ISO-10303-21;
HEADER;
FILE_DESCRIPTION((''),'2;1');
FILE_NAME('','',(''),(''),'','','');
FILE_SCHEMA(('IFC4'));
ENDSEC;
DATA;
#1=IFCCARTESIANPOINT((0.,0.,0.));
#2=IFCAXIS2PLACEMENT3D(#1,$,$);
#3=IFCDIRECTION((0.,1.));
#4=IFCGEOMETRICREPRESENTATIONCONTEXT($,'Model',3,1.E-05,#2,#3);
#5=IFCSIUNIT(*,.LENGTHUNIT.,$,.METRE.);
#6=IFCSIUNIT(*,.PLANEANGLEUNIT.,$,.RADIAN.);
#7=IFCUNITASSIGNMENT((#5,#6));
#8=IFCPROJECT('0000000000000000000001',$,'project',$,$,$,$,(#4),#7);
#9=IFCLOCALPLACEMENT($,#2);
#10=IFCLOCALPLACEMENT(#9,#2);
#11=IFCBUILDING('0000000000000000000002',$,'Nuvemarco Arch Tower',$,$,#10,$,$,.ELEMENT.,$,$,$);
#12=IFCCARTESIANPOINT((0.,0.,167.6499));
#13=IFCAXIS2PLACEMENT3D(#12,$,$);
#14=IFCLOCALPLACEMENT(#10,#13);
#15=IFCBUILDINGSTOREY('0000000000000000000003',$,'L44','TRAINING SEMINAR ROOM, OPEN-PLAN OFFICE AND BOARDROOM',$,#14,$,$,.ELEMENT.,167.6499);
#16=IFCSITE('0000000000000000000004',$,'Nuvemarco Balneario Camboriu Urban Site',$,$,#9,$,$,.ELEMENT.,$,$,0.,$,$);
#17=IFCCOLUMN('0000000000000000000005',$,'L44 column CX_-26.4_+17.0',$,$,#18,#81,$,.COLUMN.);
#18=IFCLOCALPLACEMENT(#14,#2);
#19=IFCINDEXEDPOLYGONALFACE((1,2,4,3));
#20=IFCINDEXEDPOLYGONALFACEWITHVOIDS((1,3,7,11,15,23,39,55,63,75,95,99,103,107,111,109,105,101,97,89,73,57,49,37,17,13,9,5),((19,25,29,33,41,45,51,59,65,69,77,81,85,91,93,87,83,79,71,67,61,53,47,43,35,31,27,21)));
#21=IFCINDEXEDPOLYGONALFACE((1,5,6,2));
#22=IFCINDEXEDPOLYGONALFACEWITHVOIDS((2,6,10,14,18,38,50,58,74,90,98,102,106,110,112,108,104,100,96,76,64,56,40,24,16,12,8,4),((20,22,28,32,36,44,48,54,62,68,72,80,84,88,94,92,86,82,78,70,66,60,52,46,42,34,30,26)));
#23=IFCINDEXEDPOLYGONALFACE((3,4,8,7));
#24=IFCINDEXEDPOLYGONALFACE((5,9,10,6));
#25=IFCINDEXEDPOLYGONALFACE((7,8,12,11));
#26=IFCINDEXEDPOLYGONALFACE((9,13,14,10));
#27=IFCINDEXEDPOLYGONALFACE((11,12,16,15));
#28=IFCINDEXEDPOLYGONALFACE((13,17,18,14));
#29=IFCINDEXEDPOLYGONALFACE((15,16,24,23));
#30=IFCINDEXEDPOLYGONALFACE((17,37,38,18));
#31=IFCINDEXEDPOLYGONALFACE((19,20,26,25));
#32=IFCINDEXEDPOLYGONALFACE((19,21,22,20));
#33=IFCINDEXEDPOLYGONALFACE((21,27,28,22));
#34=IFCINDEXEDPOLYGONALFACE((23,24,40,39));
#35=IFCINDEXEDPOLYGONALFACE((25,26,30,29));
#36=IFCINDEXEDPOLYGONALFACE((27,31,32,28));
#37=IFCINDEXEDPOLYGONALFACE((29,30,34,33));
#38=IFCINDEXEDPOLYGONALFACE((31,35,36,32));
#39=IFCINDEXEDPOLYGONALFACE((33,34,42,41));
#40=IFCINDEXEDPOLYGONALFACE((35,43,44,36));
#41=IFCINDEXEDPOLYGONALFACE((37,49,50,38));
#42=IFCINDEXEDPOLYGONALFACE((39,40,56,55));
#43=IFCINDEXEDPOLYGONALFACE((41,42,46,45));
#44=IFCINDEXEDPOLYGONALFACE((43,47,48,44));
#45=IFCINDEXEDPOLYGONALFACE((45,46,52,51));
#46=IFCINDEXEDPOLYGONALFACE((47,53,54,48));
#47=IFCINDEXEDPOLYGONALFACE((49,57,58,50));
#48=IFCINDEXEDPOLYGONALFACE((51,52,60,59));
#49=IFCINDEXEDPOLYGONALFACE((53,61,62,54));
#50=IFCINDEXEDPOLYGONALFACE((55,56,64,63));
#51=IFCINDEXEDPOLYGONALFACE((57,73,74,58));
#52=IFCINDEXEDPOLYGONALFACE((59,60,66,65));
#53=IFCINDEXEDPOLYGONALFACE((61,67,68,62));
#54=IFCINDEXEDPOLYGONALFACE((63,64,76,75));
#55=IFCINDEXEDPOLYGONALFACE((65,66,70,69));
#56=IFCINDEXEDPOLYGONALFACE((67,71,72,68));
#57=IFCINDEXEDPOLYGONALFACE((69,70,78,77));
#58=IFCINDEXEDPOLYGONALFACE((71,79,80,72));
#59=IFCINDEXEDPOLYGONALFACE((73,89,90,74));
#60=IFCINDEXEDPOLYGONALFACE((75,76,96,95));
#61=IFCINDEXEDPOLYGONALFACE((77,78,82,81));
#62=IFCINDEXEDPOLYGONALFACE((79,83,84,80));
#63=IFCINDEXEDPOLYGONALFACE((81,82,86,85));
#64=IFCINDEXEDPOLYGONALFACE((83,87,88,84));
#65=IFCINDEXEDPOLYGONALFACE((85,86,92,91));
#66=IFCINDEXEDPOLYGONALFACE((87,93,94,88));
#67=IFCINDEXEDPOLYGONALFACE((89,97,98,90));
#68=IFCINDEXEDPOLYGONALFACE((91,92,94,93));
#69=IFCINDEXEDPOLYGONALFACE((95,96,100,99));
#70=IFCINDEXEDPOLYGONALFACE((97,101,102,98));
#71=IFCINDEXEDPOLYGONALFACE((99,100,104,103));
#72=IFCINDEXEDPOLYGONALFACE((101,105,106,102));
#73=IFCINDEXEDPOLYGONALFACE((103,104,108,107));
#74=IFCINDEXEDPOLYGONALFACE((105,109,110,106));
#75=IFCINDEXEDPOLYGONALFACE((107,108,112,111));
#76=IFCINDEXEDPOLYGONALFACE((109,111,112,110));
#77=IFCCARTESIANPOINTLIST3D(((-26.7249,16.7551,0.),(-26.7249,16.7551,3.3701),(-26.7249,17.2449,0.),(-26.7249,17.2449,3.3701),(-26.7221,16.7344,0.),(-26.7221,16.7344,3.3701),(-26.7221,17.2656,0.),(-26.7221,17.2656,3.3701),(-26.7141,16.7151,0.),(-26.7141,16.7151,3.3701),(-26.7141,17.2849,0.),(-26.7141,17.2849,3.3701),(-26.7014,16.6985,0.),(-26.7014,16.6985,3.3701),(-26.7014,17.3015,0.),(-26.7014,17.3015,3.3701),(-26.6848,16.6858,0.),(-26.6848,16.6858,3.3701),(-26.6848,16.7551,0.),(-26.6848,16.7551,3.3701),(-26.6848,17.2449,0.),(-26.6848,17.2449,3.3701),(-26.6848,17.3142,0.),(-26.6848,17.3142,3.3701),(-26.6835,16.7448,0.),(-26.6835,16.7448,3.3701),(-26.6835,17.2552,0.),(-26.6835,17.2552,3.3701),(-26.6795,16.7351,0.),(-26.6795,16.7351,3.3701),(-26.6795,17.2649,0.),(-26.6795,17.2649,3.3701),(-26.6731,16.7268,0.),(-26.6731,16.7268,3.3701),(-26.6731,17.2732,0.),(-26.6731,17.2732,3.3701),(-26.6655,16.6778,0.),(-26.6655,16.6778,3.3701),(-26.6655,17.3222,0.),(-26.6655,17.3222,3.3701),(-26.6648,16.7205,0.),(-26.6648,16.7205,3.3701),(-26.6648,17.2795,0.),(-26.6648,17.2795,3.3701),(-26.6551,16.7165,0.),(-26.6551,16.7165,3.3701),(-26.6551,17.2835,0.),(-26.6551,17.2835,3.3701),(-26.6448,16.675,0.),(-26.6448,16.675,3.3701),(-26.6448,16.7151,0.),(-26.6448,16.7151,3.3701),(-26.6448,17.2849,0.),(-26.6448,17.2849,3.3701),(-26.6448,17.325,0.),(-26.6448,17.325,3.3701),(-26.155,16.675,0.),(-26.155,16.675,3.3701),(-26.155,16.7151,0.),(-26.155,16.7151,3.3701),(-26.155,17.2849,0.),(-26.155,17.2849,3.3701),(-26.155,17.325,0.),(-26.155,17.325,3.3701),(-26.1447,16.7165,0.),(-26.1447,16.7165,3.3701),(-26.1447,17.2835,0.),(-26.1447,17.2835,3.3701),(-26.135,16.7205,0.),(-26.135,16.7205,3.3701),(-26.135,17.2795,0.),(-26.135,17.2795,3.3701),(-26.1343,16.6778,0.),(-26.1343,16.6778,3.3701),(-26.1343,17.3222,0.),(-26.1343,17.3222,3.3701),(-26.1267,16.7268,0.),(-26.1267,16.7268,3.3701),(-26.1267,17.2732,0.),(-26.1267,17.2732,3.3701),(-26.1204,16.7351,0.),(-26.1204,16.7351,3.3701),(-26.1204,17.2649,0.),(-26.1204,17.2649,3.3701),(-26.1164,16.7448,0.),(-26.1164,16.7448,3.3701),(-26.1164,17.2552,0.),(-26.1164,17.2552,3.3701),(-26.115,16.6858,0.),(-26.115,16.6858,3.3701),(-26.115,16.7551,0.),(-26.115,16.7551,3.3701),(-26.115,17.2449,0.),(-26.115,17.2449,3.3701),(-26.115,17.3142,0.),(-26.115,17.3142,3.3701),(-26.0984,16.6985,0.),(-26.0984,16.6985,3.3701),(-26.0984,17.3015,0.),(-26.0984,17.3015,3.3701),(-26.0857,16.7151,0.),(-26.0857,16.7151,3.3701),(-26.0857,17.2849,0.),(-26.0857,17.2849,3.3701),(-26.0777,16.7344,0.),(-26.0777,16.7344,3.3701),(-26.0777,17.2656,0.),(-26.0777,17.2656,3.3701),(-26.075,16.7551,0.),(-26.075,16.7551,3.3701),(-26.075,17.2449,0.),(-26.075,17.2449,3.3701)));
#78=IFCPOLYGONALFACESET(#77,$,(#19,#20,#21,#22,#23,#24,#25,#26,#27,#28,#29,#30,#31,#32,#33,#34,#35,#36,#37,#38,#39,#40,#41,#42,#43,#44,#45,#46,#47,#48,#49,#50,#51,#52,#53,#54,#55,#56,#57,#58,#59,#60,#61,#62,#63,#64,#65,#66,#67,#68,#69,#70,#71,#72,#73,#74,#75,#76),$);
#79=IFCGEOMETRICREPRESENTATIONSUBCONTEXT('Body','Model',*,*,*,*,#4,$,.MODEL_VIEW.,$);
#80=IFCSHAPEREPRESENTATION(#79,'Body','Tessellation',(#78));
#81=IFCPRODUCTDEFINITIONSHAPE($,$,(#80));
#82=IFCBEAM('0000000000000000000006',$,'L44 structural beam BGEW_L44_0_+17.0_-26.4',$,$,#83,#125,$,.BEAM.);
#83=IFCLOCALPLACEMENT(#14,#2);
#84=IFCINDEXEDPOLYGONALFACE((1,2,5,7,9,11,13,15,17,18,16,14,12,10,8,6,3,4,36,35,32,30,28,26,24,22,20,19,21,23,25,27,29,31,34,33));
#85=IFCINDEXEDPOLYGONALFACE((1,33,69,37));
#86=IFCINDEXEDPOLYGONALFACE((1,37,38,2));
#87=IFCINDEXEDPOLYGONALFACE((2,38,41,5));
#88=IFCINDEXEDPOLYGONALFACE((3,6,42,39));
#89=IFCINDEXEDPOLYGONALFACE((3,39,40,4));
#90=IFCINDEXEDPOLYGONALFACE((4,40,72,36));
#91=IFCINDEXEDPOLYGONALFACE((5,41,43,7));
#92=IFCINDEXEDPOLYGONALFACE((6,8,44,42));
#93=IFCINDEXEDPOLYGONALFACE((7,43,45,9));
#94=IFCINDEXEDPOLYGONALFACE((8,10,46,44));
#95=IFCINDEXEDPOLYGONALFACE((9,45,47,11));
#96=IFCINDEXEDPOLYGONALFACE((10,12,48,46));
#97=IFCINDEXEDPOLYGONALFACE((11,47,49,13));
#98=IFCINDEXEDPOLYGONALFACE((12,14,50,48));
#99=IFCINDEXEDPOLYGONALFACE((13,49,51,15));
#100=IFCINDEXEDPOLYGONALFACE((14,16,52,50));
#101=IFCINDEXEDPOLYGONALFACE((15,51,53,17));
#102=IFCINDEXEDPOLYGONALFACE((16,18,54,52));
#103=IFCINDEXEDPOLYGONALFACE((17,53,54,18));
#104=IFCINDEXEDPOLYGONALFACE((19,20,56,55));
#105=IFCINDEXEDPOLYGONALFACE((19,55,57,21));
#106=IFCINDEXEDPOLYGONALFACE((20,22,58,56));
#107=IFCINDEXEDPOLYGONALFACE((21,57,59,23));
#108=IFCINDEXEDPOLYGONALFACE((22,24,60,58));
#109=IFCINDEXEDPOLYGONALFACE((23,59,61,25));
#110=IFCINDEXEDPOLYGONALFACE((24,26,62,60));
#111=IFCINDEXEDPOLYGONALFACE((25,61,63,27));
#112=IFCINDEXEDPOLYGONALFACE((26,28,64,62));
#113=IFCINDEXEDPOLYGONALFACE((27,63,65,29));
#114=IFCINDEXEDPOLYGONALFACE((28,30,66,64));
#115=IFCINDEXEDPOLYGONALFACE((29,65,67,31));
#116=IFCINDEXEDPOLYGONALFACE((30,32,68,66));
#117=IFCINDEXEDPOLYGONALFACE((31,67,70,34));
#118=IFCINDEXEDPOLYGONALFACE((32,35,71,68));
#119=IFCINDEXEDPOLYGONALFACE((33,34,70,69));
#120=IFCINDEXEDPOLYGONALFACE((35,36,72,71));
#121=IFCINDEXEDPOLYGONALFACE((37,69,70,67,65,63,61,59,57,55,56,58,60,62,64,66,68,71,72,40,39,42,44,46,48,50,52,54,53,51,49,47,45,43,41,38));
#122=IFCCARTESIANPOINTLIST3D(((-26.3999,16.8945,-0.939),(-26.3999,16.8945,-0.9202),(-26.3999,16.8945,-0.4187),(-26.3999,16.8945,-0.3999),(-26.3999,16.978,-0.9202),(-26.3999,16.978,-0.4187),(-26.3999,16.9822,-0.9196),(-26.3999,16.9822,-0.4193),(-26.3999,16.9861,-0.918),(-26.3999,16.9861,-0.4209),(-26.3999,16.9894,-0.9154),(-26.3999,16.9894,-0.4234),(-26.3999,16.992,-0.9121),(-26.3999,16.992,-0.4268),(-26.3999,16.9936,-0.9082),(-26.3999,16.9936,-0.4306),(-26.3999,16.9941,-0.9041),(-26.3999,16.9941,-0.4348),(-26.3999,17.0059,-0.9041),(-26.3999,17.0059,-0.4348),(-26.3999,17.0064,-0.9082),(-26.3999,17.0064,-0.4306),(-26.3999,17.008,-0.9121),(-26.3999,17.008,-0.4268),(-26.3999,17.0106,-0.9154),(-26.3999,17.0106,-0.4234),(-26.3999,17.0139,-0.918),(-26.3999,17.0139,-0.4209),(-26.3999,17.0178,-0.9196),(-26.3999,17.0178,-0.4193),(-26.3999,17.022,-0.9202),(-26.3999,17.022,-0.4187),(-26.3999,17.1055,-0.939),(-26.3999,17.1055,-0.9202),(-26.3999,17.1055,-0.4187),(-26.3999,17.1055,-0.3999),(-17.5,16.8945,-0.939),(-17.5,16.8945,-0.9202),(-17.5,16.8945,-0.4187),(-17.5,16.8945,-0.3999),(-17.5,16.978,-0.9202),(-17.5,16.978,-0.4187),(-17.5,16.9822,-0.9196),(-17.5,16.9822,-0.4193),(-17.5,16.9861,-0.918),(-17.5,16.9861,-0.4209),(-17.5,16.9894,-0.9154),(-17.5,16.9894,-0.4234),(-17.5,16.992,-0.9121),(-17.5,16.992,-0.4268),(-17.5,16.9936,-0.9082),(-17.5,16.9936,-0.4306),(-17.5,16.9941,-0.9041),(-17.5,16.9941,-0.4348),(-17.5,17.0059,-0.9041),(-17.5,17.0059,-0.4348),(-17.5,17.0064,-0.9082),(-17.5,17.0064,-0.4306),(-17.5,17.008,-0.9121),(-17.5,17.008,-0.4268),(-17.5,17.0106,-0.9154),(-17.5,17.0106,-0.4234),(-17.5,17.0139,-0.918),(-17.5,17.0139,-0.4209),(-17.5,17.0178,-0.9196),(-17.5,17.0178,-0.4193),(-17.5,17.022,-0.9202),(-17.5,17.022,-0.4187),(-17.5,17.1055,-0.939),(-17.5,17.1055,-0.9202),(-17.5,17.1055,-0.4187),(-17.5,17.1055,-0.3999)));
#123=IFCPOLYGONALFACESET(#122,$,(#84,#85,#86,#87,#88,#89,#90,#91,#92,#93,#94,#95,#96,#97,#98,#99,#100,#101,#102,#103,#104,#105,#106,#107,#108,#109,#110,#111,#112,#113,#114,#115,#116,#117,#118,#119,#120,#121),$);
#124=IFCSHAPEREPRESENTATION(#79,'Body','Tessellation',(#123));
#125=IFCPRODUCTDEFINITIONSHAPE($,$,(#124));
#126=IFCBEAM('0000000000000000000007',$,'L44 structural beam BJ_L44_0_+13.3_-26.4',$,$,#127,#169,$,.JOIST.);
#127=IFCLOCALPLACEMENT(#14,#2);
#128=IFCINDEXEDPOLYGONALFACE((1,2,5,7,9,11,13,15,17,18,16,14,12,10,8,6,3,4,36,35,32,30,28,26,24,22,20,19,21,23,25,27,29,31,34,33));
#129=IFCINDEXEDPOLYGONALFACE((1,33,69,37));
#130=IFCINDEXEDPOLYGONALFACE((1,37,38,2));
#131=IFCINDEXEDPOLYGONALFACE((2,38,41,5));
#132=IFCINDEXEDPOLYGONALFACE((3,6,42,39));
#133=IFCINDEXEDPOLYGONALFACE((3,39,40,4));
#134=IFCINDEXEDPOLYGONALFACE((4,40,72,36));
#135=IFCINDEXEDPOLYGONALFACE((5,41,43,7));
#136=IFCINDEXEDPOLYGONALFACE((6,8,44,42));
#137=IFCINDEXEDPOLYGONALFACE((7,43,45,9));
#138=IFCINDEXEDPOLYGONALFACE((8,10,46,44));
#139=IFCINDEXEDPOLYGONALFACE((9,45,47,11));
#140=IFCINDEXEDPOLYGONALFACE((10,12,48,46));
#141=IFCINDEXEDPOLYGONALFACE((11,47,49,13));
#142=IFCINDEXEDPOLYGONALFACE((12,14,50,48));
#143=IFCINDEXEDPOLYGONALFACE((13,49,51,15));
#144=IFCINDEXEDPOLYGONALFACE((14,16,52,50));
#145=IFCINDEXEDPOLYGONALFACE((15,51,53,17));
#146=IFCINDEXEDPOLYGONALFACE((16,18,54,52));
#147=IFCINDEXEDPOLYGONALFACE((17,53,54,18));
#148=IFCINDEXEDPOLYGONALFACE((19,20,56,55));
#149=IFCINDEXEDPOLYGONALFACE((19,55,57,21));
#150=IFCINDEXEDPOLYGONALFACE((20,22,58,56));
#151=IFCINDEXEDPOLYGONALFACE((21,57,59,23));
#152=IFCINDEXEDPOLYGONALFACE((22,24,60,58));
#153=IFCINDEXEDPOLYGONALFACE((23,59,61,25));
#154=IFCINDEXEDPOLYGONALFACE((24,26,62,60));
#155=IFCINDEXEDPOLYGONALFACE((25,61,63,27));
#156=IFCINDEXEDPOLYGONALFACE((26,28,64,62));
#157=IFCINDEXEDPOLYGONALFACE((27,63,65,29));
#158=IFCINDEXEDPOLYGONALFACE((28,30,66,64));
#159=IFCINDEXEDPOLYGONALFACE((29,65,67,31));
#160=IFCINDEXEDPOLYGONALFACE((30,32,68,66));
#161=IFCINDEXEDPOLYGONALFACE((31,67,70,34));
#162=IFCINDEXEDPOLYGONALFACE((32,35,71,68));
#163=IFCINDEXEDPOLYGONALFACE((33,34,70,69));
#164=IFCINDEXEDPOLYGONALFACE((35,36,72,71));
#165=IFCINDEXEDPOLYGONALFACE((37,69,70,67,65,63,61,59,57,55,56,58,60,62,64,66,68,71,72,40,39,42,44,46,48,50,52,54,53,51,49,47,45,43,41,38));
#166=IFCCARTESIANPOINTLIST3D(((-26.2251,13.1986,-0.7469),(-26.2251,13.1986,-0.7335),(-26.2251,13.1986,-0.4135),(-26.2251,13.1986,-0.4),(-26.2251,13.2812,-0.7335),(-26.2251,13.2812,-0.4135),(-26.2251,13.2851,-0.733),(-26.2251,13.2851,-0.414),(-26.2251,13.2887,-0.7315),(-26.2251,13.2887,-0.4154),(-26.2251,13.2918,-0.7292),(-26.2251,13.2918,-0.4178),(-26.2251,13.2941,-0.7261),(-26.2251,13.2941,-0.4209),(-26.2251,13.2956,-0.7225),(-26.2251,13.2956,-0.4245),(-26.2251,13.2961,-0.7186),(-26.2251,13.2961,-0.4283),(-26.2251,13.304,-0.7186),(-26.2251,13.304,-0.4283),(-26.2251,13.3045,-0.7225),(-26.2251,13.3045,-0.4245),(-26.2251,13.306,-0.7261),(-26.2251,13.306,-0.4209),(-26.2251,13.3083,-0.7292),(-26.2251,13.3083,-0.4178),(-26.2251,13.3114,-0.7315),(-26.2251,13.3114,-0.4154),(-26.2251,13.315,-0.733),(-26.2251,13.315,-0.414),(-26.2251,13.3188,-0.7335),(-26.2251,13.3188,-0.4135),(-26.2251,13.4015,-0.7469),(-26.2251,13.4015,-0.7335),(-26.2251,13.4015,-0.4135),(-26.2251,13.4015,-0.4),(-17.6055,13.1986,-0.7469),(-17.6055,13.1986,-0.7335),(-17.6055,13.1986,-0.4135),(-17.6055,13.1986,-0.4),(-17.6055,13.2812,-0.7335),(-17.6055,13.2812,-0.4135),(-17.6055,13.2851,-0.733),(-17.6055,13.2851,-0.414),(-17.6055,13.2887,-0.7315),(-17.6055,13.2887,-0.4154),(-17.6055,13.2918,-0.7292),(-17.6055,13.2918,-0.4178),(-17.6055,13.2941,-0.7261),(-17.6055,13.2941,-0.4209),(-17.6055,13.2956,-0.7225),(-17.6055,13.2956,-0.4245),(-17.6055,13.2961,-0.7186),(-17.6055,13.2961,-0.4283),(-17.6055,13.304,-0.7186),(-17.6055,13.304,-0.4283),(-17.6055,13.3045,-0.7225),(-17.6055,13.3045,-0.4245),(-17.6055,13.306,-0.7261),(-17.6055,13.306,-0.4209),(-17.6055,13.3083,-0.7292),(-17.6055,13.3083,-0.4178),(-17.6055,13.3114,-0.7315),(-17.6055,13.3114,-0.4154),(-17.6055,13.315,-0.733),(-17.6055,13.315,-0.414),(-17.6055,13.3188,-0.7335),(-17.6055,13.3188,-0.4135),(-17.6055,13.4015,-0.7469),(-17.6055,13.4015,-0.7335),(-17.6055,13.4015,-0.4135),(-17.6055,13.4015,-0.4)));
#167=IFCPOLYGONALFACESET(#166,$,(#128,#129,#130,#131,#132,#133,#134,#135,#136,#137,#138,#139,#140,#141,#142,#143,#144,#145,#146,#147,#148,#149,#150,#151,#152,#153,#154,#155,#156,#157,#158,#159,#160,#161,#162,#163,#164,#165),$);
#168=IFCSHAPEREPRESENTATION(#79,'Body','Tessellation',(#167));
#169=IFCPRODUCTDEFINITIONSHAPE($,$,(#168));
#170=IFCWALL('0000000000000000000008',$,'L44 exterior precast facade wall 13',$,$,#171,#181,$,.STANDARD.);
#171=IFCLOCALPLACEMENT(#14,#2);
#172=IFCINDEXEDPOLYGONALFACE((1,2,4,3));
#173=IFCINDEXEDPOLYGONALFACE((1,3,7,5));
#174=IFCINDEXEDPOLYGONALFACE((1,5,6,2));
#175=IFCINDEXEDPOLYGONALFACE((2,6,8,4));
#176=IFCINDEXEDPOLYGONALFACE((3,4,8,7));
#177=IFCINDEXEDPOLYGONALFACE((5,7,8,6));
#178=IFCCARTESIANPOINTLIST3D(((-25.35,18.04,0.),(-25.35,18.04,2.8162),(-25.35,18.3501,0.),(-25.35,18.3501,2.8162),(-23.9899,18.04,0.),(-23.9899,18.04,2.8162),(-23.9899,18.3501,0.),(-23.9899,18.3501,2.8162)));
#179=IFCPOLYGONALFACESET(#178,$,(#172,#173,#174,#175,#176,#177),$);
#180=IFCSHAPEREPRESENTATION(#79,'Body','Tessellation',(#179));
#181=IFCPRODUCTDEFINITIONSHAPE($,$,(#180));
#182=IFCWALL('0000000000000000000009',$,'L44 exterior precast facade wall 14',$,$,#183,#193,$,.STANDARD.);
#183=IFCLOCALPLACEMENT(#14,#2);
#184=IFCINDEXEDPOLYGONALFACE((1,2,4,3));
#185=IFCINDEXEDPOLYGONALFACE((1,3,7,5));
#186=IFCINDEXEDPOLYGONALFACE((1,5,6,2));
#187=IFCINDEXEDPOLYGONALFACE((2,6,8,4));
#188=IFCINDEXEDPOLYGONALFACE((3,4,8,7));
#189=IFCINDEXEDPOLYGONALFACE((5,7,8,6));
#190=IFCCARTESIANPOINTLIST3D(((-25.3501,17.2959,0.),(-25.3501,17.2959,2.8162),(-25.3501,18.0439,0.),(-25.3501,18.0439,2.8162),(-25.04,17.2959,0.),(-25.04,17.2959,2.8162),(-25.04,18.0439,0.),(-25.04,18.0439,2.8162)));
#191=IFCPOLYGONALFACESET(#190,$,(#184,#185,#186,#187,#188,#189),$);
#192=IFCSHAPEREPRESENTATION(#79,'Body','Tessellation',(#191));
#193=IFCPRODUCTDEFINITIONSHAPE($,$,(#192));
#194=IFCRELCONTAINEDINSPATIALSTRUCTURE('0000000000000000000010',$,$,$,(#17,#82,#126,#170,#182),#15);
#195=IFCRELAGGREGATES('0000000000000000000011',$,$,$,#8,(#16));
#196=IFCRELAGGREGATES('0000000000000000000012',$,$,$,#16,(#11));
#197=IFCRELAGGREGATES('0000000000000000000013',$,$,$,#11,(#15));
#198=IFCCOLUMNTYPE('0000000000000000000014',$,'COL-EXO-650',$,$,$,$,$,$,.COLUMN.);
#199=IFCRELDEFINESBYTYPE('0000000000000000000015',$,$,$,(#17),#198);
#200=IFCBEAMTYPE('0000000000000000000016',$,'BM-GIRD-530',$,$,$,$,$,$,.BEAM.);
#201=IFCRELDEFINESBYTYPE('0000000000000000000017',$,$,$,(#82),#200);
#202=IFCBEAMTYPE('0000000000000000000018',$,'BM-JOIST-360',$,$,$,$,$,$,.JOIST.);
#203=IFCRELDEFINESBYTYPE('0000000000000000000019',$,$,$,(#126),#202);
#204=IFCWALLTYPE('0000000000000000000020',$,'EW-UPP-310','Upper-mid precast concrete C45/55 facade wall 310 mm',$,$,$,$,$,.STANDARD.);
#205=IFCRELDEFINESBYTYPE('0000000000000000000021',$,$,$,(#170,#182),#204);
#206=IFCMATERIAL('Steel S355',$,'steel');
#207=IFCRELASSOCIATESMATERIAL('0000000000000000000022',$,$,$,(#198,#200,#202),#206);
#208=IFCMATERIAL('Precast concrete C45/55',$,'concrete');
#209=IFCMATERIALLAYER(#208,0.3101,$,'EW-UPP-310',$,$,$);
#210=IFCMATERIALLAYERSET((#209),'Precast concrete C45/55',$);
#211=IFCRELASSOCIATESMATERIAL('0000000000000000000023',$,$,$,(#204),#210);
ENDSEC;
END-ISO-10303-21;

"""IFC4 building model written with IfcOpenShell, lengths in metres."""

from ifc_helpers import new_model, si_unit, direction, frame, frame_2d, origin, origin_2d, place, context, subcontext, project, spatial, rectangle, hollow_rectangle, i_section, extrude, material, layer, layer_set, material_profile, profile_set, type_object, element, save


model = new_model("IFC4")

# Units and contexts
model_context = context("Model", 3, precision=1e-05, world=origin(), true_north=direction((0.0, 1.0)))
body_context = subcontext(model_context, "Body", "Model", "MODEL_VIEW")
ifc_project = project(units=[si_unit("LENGTHUNIT", "METRE"), si_unit("PLANEANGLEUNIT", "RADIAN")], contexts=[model_context])

# Site, building, storey
site_placement = place(None, origin())
site = spatial("IfcSite", under=ifc_project, at=site_placement, Name="Nuvemarco Balneario Camboriu Urban Site", CompositionType="ELEMENT", RefElevation=0.0)
building_placement = place(site_placement, origin())
building = spatial("IfcBuilding", under=site, at=building_placement, Name="Nuvemarco Arch Tower", CompositionType="ELEMENT")
storey_placement = place(building_placement, frame((0.0, 0.0, 167.6499)))
storey = spatial("IfcBuildingStorey", under=building, at=storey_placement, Name="L44", Description="TRAINING SEMINAR ROOM, OPEN-PLAN OFFICE AND BOARDROOM", CompositionType="ELEMENT", Elevation=167.6499)

# Column
ifc_material_1 = material(Name="Steel S355", Category="steel")
ifc_material_profile_1 = material_profile(ifc_material_1, hollow_rectangle(XDim=0.6499, YDim=0.6499, WallThickness=0.04, InnerFilletRadius=0.04, OuterFilletRadius=0.0801, at=origin_2d()), Name="SHS650x650x40")
ifc_profile_set_1 = profile_set([ifc_material_profile_1], Name="Steel S355")
column_type = type_object("IfcColumnType", Name="COL-EXO-650", PredefinedType="COLUMN", material=ifc_profile_set_1)
column_placement = place(storey_placement, frame((-26.3999, 17.0, 0.0), z_axis=(0.0, 0.0, 1.0), x_axis=(1.0, 0.0, 0.0)))
element("IfcColumn", 1, at=column_placement, inside=storey, type_object=column_type, Name="L44 column CX_-26.4_+17.0", PredefinedType="COLUMN", context=body_context, shape_type="SweptSolid", body=[
    extrude(hollow_rectangle(XDim=0.6499, YDim=0.6499, WallThickness=0.04, InnerFilletRadius=0.04, OuterFilletRadius=0.0801, at=origin_2d()), origin(), (0.0, 0.0, 1.0), 3.3701),
])

# Beams
ifc_material_profile_2 = material_profile(ifc_material_1, i_section(OverallWidth=0.2109, OverallDepth=0.5391, WebThickness=0.0117, FlangeThickness=0.0188, FilletRadius=0.0161, at=origin_2d()), Name="W530x109")
ifc_profile_set_2 = profile_set([ifc_material_profile_2], Name="Steel S355")
beam_type_1 = type_object("IfcBeamType", Name="BM-GIRD-530", PredefinedType="BEAM", material=ifc_profile_set_2)
beam_1_placement = place(storey_placement, frame((-26.3999, 17.0, -0.6694), z_axis=(1.0, 0.0, 0.0), x_axis=(0.0, 1.0, 0.0)))
element("IfcBeam", 2, at=beam_1_placement, inside=storey, type_object=beam_type_1, Name="L44 structural beam BGEW_L44_0_+17.0_-26.4", PredefinedType="BEAM", context=body_context, shape_type="SweptSolid", body=[
    extrude(i_section(OverallWidth=0.2109, OverallDepth=0.5391, WebThickness=0.0117, FlangeThickness=0.0188, FilletRadius=0.0161, at=origin_2d()), origin(), (0.0, 0.0, 1.0), 8.8999),
])
ifc_material_profile_3 = material_profile(ifc_material_1, i_section(OverallWidth=0.2029, OverallDepth=0.3469, WebThickness=0.0078, FlangeThickness=0.0134, FilletRadius=0.0149, at=origin_2d()), Name="W360x64")
ifc_profile_set_3 = profile_set([ifc_material_profile_3], Name="Steel S355")
beam_type_2 = type_object("IfcBeamType", Name="BM-JOIST-360", PredefinedType="JOIST", material=ifc_profile_set_3)
beam_2_placement = place(storey_placement, frame((-26.2251, 13.3, -0.5735), z_axis=(1.0, 0.0, 0.0), x_axis=(0.0, 1.0, 0.0)))
element("IfcBeam", 3, at=beam_2_placement, inside=storey, type_object=beam_type_2, Name="L44 structural beam BJ_L44_0_+13.3_-26.4", PredefinedType="JOIST", context=body_context, shape_type="SweptSolid", body=[
    extrude(i_section(OverallWidth=0.2029, OverallDepth=0.3469, WebThickness=0.0078, FlangeThickness=0.0134, FilletRadius=0.0149, at=origin_2d()), origin(), (0.0, 0.0, 1.0), 8.6196),
])

# Shared definitions
ifc_material_2 = material(Name="Precast concrete C45/55", Category="concrete")
ifc_layer_1 = layer(ifc_material_2, 0.3101, Name="EW-UPP-310")
ifc_layer_set_1 = layer_set([ifc_layer_1], Name="Precast concrete C45/55")
wall_type_1 = type_object("IfcWallType", Name="EW-UPP-310", Description="Upper-mid precast concrete C45/55 facade wall 310 mm", PredefinedType="STANDARD", material=ifc_layer_set_1)

# Walls
wall_1_placement = place(storey_placement, frame((-25.3501, 18.1951, 0.0), z_axis=(0.0, 0.0, 1.0), x_axis=(1.0, 0.0, 0.0)))
element("IfcWall", 4, at=wall_1_placement, inside=storey, type_object=wall_type_1, Name="L44 exterior precast facade wall 13", PredefinedType="STANDARD", context=body_context, shape_type="SweptSolid", body=[
    extrude(rectangle(XDim=1.3601, YDim=0.3101, at=frame_2d((0.6802, 0.0))), origin(), (0.0, 0.0, 1.0), 2.8162),
])
wall_2_placement = place(storey_placement, frame((-25.1951, 17.2959, 0.0), z_axis=(0.0, 0.0, 1.0), x_axis=(0.0, 1.0, 0.0)))
element("IfcWall", 5, at=wall_2_placement, inside=storey, type_object=wall_type_1, Name="L44 exterior precast facade wall 14", PredefinedType="STANDARD", context=body_context, shape_type="SweptSolid", body=[
    extrude(rectangle(XDim=0.748, YDim=0.3101, at=frame_2d((0.374, 0.0))), origin(), (0.0, 0.0, 1.0), 2.8162),
])

save(model, "model.ifc")
